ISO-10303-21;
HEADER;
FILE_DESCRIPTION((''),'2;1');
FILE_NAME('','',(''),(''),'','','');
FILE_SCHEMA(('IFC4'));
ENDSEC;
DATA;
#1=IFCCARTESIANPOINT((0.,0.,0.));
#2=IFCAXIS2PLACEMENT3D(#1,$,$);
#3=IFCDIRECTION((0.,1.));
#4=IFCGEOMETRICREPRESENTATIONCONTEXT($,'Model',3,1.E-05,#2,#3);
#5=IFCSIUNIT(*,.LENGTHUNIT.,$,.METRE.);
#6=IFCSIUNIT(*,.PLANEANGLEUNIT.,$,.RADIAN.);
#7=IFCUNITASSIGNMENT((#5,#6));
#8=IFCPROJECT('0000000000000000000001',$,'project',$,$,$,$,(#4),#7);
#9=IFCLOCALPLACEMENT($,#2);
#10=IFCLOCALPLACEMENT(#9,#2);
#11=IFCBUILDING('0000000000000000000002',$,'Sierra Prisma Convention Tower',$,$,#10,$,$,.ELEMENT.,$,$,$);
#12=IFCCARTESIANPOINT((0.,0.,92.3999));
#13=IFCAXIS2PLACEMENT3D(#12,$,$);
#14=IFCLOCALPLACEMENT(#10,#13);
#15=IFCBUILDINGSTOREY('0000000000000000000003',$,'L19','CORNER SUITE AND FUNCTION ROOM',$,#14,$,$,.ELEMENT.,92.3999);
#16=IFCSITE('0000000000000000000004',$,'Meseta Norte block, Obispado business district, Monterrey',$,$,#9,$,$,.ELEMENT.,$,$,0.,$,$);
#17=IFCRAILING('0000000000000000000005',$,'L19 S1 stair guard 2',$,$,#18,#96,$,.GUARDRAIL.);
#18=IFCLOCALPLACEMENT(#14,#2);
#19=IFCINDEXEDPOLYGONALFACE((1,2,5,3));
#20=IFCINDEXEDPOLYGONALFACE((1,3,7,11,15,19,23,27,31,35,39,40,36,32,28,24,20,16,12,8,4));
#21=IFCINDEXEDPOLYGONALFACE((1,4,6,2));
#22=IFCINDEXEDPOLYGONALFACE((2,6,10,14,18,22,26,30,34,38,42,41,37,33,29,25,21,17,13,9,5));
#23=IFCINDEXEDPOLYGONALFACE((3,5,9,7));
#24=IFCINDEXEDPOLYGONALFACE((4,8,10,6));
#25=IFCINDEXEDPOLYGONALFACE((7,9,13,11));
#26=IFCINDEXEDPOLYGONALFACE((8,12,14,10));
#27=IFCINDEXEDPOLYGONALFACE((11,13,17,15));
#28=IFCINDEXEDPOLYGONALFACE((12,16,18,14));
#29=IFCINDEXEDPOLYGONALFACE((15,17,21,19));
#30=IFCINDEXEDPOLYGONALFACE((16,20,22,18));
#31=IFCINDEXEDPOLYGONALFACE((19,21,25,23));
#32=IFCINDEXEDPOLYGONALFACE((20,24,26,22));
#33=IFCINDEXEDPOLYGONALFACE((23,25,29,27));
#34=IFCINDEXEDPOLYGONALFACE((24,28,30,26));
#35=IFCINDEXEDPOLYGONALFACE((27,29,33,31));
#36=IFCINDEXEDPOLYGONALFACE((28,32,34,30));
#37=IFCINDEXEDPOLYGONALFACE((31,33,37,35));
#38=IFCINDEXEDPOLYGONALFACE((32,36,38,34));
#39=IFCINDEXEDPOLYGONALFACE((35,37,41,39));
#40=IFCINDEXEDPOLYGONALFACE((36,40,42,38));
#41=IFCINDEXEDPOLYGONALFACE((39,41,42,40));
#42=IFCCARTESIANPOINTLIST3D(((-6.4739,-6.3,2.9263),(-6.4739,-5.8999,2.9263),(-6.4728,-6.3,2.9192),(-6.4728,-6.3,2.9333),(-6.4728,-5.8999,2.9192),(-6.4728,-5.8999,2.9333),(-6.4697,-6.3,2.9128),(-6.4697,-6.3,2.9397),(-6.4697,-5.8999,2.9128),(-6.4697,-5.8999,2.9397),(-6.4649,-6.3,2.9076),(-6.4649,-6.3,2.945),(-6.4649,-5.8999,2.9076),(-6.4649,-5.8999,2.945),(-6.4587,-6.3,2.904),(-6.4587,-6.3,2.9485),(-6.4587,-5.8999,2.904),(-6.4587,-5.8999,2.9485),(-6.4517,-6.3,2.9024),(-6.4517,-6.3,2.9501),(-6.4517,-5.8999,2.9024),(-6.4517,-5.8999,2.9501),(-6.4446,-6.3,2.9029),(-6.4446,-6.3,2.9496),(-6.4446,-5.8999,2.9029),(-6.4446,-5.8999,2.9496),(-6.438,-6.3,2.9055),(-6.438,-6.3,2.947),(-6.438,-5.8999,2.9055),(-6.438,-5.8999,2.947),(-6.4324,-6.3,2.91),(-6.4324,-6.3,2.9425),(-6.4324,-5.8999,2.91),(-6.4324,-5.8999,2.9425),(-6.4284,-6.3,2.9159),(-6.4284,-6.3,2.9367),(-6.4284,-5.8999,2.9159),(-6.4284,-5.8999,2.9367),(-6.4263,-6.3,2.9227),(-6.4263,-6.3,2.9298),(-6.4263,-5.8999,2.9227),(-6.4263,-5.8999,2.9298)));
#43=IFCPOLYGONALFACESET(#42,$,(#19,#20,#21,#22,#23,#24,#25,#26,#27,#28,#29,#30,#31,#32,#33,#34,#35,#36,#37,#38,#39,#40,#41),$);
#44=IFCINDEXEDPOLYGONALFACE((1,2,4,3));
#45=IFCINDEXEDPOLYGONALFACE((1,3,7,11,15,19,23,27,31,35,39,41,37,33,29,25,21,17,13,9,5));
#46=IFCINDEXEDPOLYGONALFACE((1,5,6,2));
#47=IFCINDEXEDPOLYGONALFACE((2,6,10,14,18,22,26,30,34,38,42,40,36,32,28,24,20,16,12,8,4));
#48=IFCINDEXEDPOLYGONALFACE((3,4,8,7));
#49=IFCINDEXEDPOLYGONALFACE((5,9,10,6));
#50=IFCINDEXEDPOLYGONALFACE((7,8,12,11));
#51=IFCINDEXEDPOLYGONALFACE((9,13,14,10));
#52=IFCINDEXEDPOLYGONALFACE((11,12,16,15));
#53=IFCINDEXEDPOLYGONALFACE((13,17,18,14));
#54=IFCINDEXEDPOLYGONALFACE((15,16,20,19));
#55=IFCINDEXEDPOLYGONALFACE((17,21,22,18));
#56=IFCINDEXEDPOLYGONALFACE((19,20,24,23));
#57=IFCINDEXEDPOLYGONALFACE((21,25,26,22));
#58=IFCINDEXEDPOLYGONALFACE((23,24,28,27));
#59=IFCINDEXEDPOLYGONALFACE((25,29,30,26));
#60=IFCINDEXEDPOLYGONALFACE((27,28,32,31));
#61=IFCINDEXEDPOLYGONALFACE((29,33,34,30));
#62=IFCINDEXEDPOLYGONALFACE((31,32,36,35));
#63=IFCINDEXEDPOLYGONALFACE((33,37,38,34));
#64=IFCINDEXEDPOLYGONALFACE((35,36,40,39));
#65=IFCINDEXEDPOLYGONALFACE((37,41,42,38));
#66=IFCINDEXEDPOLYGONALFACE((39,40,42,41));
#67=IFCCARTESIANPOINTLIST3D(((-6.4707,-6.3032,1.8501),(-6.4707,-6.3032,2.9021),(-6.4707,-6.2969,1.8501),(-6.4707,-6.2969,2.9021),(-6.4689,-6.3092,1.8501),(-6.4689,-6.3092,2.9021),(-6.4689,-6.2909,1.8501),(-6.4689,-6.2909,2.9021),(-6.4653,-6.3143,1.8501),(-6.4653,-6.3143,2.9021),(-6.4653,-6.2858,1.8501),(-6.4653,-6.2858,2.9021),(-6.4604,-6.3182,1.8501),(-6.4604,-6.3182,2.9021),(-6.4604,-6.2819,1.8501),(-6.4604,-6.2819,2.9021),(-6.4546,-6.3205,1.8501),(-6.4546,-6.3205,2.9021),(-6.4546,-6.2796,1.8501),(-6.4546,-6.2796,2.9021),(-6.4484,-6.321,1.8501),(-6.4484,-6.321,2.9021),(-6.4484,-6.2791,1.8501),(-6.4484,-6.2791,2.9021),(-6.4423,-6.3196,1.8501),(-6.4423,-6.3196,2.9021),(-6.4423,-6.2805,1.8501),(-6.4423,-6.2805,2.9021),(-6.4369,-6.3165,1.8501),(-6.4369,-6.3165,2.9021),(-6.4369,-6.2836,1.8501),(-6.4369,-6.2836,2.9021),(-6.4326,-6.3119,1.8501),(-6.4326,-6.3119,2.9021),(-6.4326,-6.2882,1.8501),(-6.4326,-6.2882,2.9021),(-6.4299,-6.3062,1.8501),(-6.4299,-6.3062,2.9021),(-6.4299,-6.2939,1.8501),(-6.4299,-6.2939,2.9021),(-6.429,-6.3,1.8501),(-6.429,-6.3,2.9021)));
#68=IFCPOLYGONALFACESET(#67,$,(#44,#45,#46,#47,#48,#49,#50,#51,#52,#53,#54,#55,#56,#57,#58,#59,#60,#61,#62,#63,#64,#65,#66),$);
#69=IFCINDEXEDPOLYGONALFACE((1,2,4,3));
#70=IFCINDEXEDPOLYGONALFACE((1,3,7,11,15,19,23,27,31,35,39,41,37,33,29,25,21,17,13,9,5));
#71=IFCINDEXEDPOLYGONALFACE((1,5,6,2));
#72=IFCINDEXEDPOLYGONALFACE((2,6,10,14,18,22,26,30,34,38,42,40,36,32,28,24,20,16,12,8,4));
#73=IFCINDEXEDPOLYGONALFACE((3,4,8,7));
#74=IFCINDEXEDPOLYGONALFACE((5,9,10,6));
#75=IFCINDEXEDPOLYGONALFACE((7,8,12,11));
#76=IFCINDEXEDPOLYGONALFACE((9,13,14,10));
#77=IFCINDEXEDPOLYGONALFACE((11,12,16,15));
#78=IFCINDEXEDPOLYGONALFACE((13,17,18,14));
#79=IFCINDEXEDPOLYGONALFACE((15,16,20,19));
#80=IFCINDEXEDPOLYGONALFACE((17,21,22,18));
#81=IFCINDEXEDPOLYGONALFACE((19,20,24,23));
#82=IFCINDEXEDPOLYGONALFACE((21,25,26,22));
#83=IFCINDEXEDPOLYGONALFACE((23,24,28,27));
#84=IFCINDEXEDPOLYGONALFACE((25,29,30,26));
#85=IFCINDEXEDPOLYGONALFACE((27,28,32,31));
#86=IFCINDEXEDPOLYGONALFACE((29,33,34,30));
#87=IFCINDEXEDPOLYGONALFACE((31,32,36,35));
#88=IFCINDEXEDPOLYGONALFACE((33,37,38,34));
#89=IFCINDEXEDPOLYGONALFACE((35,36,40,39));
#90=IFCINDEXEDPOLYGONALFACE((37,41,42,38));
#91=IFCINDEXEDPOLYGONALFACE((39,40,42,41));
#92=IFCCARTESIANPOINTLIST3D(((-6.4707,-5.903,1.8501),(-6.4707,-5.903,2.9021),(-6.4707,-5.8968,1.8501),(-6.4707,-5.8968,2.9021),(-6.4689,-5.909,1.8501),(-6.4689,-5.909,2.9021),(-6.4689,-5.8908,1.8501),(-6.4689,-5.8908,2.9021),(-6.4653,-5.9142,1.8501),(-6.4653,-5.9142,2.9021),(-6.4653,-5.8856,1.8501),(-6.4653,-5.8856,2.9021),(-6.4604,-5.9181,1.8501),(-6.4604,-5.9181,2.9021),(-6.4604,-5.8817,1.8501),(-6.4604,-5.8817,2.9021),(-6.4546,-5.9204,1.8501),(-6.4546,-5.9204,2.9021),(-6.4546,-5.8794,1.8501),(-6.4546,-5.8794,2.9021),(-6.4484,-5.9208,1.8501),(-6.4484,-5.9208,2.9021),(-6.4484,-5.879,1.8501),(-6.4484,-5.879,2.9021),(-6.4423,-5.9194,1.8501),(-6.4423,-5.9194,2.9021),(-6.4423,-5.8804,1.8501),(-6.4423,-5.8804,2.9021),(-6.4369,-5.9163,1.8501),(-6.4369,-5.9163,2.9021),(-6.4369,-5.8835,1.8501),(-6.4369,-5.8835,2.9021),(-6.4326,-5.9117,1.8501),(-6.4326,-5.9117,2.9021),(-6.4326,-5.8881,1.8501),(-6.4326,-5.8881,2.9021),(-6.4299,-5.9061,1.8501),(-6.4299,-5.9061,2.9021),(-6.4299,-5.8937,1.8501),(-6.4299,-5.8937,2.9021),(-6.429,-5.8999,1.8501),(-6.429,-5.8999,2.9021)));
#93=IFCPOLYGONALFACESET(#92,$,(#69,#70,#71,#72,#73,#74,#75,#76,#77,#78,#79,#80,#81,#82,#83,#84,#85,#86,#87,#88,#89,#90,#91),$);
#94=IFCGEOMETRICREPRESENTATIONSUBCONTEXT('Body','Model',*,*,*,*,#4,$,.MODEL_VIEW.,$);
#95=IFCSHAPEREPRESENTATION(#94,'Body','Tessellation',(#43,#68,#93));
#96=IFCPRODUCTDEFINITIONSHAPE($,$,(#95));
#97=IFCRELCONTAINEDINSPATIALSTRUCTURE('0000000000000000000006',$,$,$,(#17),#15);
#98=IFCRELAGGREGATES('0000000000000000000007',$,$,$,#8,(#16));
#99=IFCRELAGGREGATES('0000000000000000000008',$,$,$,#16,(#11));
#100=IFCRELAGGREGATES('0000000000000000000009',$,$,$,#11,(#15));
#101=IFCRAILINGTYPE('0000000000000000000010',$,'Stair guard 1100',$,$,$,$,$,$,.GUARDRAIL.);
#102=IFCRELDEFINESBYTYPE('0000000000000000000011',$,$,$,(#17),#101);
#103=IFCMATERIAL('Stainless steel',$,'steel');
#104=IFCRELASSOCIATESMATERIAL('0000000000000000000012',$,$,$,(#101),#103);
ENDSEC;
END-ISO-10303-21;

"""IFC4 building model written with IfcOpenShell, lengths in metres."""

from ifc_helpers import new_model, si_unit, direction, frame, origin, origin_2d, place, context, subcontext, project, spatial, circle, extrude, material, type_object, element, save


model = new_model("IFC4")

# Units and contexts
model_context = context("Model", 3, precision=1e-05, world=origin(), true_north=direction((0.0, 1.0)))
body_context = subcontext(model_context, "Body", "Model", "MODEL_VIEW")
ifc_project = project(units=[si_unit("LENGTHUNIT", "METRE"), si_unit("PLANEANGLEUNIT", "RADIAN")], contexts=[model_context])

# Site, building, storey
site_placement = place(None, origin())
site = spatial("IfcSite", under=ifc_project, at=site_placement, Name="Meseta Norte block, Obispado business district, Monterrey", CompositionType="ELEMENT", RefElevation=0.0)
building_placement = place(site_placement, origin())
building = spatial("IfcBuilding", under=site, at=building_placement, Name="Sierra Prisma Convention Tower", CompositionType="ELEMENT")
storey_placement = place(building_placement, frame((0.0, 0.0, 92.3999)))
storey = spatial("IfcBuildingStorey", under=building, at=storey_placement, Name="L19", Description="CORNER SUITE AND FUNCTION ROOM", CompositionType="ELEMENT", Elevation=92.3999)

# Railing
ifc_material_1 = material(Name="Stainless steel", Category="steel")
railing_type_1 = type_object("IfcRailingType", Name="Stair guard 1100", PredefinedType="GUARDRAIL", material=ifc_material_1)
railing_1_placement = place(storey_placement, frame((-6.45, -6.3, 1.8501)))
element("IfcRailing", 1, at=railing_1_placement, inside=storey, type_object=railing_type_1, Name="L19 S1 stair guard 2", PredefinedType="GUARDRAIL", context=body_context, shape_type="SweptSolid", body=[
    extrude(circle(Radius=0.0239, at=origin_2d()), frame((0.0, 0.0, 1.0762), z_axis=(0.0, 1.0, 0.0), x_axis=(-1.0, 0.0, 0.0)), (0.0, 0.0, 1.0), 0.4001),
    extrude(circle(Radius=0.021, at=origin_2d()), origin(), (0.0, 0.0, 1.0), 1.052),
    extrude(circle(Radius=0.021, at=origin_2d()), frame((0.0, 0.4001, 0.0)), (0.0, 0.0, 1.0), 1.052),
])

save(model, "model.ifc")
